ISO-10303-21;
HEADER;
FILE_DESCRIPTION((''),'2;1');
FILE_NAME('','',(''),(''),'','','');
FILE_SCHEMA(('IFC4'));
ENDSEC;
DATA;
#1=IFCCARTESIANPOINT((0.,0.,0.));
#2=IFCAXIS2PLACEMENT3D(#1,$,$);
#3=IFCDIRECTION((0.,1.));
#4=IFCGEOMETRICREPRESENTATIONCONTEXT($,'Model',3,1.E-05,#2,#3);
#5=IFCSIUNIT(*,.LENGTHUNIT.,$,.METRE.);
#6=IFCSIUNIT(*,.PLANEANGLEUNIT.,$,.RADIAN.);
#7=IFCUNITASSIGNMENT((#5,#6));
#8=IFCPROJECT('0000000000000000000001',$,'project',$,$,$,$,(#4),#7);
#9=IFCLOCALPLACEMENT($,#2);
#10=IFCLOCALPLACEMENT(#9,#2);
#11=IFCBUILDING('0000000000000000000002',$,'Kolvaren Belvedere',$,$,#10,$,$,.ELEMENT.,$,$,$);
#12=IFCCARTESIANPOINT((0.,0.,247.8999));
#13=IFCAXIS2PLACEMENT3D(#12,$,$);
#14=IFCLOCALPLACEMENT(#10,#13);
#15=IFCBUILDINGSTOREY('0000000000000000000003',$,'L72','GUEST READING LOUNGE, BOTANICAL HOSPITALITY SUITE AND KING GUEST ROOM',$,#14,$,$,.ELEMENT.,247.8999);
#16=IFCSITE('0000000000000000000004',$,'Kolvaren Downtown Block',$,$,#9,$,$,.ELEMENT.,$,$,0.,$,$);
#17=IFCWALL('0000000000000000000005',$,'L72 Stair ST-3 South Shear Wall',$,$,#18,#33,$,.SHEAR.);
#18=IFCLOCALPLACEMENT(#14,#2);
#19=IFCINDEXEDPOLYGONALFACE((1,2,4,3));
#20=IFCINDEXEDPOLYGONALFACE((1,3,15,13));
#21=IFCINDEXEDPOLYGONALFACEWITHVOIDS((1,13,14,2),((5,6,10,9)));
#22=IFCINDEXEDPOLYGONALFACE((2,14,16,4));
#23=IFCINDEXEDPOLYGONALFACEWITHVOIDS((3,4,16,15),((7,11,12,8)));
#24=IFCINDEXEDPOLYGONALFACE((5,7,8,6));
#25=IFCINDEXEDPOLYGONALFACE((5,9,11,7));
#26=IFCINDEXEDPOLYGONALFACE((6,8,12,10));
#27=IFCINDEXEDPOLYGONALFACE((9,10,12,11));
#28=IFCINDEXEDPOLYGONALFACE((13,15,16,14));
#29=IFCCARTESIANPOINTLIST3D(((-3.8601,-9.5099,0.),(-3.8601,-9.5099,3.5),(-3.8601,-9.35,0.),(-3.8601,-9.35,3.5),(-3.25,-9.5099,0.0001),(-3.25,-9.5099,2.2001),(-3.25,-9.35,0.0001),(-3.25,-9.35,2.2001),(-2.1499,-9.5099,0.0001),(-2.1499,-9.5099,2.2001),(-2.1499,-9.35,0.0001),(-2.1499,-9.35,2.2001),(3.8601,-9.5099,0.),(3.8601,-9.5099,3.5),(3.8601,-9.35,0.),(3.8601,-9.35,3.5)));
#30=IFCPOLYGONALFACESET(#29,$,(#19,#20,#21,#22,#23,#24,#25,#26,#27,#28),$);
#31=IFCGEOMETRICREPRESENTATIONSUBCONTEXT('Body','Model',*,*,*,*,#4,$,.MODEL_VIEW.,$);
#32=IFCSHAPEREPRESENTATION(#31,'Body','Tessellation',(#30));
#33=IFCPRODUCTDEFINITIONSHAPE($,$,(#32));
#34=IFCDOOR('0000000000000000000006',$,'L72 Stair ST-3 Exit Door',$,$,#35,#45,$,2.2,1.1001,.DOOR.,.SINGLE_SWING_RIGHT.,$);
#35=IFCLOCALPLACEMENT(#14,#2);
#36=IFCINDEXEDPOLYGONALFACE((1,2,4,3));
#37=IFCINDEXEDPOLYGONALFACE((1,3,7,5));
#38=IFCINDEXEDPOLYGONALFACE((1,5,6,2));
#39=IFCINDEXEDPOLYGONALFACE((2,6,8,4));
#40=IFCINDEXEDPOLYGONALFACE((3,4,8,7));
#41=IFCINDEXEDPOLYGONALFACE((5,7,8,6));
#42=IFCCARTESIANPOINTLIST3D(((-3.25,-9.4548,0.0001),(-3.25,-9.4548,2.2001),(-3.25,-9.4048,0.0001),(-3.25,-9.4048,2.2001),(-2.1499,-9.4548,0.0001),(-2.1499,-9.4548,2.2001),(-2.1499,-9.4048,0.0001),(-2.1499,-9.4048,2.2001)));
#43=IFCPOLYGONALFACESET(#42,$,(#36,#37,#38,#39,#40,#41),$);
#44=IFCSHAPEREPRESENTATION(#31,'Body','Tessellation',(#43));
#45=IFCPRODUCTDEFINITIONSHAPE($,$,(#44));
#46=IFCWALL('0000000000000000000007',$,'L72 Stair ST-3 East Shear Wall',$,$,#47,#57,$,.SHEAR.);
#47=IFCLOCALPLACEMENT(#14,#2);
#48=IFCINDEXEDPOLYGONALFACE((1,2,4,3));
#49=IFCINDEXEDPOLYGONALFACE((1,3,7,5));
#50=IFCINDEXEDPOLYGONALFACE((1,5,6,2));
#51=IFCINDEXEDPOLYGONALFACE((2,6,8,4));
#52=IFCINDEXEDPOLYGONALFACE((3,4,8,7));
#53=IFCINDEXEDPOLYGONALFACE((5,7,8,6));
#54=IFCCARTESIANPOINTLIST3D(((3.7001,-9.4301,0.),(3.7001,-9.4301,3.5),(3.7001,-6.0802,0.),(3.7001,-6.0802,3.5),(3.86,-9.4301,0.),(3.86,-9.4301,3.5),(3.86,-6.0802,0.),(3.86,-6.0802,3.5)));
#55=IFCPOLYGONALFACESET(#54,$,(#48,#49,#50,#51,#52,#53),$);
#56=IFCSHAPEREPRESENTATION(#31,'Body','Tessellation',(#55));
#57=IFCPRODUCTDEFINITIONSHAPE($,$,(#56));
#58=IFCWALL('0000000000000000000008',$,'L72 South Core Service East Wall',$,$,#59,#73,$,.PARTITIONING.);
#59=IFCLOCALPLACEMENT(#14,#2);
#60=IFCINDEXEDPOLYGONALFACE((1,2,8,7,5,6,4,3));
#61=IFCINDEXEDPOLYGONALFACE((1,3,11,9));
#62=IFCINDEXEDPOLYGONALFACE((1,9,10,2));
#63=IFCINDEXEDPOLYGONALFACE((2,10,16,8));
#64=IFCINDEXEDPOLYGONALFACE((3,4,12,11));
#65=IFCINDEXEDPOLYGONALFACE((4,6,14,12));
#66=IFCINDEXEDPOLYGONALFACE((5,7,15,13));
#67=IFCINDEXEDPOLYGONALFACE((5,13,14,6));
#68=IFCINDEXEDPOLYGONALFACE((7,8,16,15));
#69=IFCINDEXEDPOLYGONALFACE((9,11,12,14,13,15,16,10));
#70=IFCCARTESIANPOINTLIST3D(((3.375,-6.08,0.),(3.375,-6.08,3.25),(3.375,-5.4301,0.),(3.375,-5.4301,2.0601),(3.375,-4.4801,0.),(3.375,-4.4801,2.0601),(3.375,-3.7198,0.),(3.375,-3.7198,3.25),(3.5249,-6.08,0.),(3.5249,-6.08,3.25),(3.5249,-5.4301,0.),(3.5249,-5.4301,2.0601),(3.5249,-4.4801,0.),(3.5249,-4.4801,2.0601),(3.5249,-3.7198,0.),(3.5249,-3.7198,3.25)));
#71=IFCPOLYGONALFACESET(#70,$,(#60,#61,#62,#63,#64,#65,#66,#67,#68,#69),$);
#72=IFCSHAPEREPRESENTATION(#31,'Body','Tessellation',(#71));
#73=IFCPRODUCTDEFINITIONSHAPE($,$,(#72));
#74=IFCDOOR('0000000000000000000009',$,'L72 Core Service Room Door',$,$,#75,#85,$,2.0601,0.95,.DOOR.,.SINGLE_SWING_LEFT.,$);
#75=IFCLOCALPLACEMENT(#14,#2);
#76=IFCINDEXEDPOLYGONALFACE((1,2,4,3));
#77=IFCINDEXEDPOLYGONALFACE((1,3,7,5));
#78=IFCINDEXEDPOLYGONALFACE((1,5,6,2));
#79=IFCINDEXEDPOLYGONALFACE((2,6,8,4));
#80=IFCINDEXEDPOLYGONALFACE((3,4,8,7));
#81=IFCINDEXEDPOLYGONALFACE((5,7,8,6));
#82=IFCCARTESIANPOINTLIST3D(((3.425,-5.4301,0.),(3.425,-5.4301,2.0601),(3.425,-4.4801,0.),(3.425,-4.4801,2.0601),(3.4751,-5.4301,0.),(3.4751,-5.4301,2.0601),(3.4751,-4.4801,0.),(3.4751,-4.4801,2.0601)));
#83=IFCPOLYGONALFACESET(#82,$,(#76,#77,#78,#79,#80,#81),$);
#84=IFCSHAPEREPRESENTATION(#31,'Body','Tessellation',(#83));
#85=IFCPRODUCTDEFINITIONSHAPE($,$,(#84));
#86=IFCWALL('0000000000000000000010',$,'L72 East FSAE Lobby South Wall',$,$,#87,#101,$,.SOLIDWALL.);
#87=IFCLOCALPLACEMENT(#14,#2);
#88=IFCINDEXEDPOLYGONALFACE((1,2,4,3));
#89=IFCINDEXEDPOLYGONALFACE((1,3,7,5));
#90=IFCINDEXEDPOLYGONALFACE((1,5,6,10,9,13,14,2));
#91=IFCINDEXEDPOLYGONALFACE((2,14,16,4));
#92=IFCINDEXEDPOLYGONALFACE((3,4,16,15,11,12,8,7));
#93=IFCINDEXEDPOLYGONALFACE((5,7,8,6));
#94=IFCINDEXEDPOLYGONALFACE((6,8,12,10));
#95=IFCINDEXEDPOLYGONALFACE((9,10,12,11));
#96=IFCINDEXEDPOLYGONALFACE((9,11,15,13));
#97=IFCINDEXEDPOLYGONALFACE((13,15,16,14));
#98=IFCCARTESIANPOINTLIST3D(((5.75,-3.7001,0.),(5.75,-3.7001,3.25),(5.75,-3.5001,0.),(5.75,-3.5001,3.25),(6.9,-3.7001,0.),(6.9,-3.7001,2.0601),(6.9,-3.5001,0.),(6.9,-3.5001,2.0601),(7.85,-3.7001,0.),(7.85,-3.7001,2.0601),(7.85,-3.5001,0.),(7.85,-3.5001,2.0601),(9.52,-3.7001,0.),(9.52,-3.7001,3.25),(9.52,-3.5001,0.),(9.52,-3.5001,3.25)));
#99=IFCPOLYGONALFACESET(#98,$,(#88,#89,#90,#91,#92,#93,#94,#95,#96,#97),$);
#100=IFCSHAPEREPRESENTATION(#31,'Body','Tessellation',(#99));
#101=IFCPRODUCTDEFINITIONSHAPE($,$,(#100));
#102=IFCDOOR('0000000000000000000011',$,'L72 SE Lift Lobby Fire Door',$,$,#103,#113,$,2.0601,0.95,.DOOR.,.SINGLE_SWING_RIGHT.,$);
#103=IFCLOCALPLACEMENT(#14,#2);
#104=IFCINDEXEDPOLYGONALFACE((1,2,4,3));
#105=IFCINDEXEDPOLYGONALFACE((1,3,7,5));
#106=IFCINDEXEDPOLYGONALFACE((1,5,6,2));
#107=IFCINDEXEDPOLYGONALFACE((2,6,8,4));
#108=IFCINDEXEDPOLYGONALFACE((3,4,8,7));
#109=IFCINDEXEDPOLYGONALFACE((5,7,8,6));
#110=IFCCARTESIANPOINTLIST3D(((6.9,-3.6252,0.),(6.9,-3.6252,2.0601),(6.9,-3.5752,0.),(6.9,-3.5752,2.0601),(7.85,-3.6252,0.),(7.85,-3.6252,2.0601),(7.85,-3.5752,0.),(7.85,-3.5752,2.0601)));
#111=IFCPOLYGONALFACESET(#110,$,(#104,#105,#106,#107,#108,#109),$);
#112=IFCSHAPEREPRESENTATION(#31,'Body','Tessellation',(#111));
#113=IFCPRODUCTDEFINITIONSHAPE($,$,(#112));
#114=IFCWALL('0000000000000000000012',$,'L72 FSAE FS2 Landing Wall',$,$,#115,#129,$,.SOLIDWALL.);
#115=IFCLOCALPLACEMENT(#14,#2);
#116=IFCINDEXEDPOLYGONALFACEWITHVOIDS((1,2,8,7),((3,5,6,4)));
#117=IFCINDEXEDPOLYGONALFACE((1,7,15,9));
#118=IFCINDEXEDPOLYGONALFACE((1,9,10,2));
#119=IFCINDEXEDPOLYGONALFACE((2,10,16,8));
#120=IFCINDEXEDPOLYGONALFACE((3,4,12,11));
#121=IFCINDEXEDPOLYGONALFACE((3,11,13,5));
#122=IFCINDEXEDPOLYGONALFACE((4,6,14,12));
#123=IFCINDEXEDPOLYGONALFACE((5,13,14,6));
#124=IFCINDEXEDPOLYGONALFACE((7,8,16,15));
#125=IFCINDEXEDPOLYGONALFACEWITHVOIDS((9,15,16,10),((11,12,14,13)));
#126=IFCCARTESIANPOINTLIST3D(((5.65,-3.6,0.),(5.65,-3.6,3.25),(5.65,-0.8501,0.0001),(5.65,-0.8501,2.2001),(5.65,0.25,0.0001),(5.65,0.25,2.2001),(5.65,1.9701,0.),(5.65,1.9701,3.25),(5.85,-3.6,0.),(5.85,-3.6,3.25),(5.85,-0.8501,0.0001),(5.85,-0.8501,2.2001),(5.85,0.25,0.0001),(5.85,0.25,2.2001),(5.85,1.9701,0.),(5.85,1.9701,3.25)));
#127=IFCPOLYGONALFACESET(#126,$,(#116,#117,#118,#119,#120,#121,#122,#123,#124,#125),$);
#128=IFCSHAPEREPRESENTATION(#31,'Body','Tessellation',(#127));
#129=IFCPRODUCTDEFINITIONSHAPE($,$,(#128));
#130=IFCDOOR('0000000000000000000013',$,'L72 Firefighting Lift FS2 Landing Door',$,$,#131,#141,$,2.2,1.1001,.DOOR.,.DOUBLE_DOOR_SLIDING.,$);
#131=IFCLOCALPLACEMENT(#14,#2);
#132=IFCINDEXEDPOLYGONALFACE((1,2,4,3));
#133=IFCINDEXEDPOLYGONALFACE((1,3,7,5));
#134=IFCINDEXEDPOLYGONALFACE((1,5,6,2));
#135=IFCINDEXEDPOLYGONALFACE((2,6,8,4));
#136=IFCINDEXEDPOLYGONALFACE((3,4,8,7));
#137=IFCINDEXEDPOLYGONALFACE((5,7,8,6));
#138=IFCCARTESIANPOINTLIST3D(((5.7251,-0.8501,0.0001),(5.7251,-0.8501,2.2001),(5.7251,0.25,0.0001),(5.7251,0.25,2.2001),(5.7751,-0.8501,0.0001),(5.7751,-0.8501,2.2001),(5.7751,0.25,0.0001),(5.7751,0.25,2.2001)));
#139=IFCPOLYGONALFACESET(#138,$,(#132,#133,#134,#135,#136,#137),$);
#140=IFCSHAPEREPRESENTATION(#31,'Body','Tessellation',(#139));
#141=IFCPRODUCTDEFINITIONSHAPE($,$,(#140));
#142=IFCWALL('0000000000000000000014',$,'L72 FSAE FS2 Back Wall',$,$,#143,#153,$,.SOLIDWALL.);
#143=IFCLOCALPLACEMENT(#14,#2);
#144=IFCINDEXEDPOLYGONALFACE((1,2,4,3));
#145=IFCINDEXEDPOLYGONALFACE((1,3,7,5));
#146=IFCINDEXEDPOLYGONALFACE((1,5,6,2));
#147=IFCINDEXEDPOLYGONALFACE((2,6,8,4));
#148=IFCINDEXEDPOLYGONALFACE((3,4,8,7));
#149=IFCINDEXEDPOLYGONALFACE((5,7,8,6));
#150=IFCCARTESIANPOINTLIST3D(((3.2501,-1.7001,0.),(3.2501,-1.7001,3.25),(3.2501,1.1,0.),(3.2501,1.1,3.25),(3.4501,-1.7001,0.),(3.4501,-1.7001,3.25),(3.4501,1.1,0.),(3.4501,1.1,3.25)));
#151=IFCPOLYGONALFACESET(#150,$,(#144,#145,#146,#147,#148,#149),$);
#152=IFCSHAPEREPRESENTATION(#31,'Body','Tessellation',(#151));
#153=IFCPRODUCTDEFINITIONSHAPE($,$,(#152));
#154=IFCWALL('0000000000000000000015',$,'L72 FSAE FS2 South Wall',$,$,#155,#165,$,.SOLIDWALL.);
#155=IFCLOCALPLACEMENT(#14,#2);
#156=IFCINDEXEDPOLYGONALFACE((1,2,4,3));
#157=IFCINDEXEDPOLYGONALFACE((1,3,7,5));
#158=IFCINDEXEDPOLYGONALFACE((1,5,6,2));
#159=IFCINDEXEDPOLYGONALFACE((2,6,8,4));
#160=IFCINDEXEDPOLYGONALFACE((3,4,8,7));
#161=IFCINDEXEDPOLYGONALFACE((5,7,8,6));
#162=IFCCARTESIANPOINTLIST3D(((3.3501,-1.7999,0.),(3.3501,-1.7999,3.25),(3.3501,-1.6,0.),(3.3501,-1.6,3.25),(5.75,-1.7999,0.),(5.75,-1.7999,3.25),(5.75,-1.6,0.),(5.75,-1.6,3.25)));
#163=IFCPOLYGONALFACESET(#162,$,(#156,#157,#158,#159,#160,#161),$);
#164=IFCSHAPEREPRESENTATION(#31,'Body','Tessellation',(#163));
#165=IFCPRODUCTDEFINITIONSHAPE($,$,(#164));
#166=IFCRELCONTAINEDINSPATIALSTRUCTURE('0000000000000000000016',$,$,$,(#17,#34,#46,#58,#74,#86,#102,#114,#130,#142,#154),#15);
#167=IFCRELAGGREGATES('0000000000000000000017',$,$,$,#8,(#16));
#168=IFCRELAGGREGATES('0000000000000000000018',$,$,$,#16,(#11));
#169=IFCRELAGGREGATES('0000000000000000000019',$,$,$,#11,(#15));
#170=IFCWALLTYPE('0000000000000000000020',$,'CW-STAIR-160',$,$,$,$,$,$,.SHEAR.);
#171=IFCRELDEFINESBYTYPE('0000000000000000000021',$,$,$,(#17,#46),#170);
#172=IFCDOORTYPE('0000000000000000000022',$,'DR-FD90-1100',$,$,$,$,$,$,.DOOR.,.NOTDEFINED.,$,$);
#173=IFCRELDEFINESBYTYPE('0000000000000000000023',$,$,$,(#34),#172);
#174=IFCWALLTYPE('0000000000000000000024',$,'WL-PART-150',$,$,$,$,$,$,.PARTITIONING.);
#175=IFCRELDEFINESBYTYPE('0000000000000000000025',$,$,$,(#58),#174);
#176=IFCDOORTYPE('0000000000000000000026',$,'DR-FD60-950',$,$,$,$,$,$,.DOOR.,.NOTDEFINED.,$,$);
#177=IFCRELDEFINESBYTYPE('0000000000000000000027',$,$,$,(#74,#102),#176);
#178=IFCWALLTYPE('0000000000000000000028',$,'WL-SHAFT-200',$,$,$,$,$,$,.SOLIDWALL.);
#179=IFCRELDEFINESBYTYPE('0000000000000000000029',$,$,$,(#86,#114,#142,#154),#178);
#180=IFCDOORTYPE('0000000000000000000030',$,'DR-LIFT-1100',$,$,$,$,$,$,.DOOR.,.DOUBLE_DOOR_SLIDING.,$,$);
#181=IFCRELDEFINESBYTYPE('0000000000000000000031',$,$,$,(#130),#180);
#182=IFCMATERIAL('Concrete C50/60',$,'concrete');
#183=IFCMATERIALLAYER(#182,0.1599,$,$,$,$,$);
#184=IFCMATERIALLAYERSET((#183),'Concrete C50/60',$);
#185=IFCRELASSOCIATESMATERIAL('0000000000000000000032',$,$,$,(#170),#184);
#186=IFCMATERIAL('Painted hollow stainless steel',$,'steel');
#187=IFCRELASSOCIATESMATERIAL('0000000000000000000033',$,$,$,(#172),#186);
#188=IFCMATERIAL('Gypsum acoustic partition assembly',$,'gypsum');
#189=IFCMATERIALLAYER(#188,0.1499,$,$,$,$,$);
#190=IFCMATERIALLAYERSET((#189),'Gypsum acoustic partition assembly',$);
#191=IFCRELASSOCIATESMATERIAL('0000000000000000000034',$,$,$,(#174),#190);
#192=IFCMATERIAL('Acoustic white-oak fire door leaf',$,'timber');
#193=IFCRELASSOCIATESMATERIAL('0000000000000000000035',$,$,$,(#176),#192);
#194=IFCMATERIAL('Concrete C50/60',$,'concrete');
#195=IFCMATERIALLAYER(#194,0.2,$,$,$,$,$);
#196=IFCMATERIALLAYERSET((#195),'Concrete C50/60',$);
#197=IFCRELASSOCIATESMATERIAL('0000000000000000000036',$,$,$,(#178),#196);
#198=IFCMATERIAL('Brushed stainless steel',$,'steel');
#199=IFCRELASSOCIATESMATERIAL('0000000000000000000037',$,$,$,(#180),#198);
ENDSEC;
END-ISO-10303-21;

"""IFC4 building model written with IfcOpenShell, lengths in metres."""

from ifc_helpers import new_model, si_unit, direction, frame, frame_2d, origin, place, context, subcontext, project, spatial, rectangle, extrude, material, layer, layer_set, type_object, element, fill, save


model = new_model("IFC4")

# Units and contexts
model_context = context("Model", 3, precision=1e-05, world=origin(), true_north=direction((0.0, 1.0)))
body_context = subcontext(model_context, "Body", "Model", "MODEL_VIEW")
ifc_project = project(units=[si_unit("LENGTHUNIT", "METRE"), si_unit("PLANEANGLEUNIT", "RADIAN")], contexts=[model_context])

# Site, building, storey
site_placement = place(None, origin())
site = spatial("IfcSite", under=ifc_project, at=site_placement, Name="Kolvaren Downtown Block", CompositionType="ELEMENT", RefElevation=0.0)
building_placement = place(site_placement, origin())
building = spatial("IfcBuilding", under=site, at=building_placement, Name="Kolvaren Belvedere", CompositionType="ELEMENT")
storey_placement = place(building_placement, frame((0.0, 0.0, 247.8999)))
storey = spatial("IfcBuildingStorey", under=building, at=storey_placement, Name="L72", Description="GUEST READING LOUNGE, BOTANICAL HOSPITALITY SUITE AND KING GUEST ROOM", CompositionType="ELEMENT", Elevation=247.8999)

# Wall, opening, door
ifc_material_1 = material(Name="Concrete C50/60", Category="concrete")
ifc_layer_1 = layer(ifc_material_1, 0.1599)
ifc_layer_set_1 = layer_set([ifc_layer_1], Name="Concrete C50/60")
wall_type_1 = type_object("IfcWallType", Name="CW-STAIR-160", PredefinedType="SHEAR", material=ifc_layer_set_1)
wall_1_placement = place(storey_placement, frame((3.8601, -9.4299, 0.0), z_axis=(0.0, 0.0, 1.0), x_axis=(-1.0, 0.0, 0.0)))
wall_1 = element("IfcWall", 1, at=wall_1_placement, inside=storey, type_object=wall_type_1, Name="L72 Stair ST-3 South Shear Wall", PredefinedType="SHEAR", context=body_context, shape_type="SweptSolid", body=[
    extrude(rectangle(XDim=7.7202, YDim=0.1599, at=frame_2d((3.8601, 0.0))), origin(), (0.0, 0.0, 1.0), 3.5),
])
opening_1_placement = place(wall_1_placement, frame((6.01, 0.0, 0.0)))
opening_1 = element("IfcOpeningElement", 2, at=opening_1_placement, cuts=wall_1, PredefinedType="OPENING", context=body_context, shape_type="SweptSolid", body=[
    extrude(rectangle(XDim=1.1001, YDim=2.2, at=frame_2d((0.55, 1.1001))), frame((0.0, 0.0898, 0.0), z_axis=(0.0, -1.0, 0.0), x_axis=(1.0, 0.0, 0.0)), (0.0, 0.0, 1.0), 0.1799),
])
ifc_material_2 = material(Name="Painted hollow stainless steel", Category="steel")
door_type_1 = type_object("IfcDoorType", Name="DR-FD90-1100", OperationType="NOTDEFINED", PredefinedType="DOOR", material=ifc_material_2)
door_1_placement = place(opening_1_placement, origin())
door_1 = element("IfcDoor", 3, at=door_1_placement, inside=storey, type_object=door_type_1, Name="L72 Stair ST-3 Exit Door", OperationType="SINGLE_SWING_RIGHT", OverallHeight=2.2, OverallWidth=1.1001, PredefinedType="DOOR", context=body_context, shape_type="SweptSolid", body=[
    extrude(rectangle(XDim=1.1001, YDim=2.2, at=frame_2d((0.55, 1.1001))), frame((0.0, 0.0249, 0.0), z_axis=(0.0, -1.0, 0.0), x_axis=(1.0, 0.0, 0.0)), (0.0, 0.0, 1.0), 0.05),
])
fill(opening_1, door_1)

# Wall
wall_2_placement = place(storey_placement, frame((3.78, -9.4299, 0.0), z_axis=(0.0, 0.0, 1.0), x_axis=(0.0, 1.0, 0.0)))
element("IfcWall", 4, at=wall_2_placement, inside=storey, type_object=wall_type_1, Name="L72 Stair ST-3 East Shear Wall", PredefinedType="SHEAR", context=body_context, shape_type="SweptSolid", body=[
    extrude(rectangle(XDim=3.3499, YDim=0.1599, at=frame_2d((1.6748, 0.0))), origin(), (0.0, 0.0, 1.0), 3.5),
])

# Walls, openings, doors
ifc_material_3 = material(Name="Gypsum acoustic partition assembly", Category="gypsum")
ifc_layer_2 = layer(ifc_material_3, 0.1499)
ifc_layer_set_2 = layer_set([ifc_layer_2], Name="Gypsum acoustic partition assembly")
wall_type_2 = type_object("IfcWallType", Name="WL-PART-150", PredefinedType="PARTITIONING", material=ifc_layer_set_2)
wall_3_placement = place(storey_placement, frame((3.45, -6.0801, 0.0), z_axis=(0.0, 0.0, 1.0), x_axis=(0.0, 1.0, 0.0)))
wall_3 = element("IfcWall", 5, at=wall_3_placement, inside=storey, type_object=wall_type_2, Name="L72 South Core Service East Wall", PredefinedType="PARTITIONING", context=body_context, shape_type="SweptSolid", body=[
    extrude(rectangle(XDim=2.3601, YDim=0.1499, at=frame_2d((1.1802, 0.0))), origin(), (0.0, 0.0, 1.0), 3.25),
])
opening_2_placement = place(wall_3_placement, frame((0.6499, 0.0, 0.0)))
opening_2 = element("IfcOpeningElement", 6, at=opening_2_placement, cuts=wall_3, PredefinedType="OPENING", context=body_context, shape_type="SweptSolid", body=[
    extrude(rectangle(XDim=0.95, YDim=2.0601, at=frame_2d((0.4751, 1.03))), frame((0.0, 0.085, 0.0), z_axis=(0.0, -1.0, 0.0), x_axis=(1.0, 0.0, 0.0)), (0.0, 0.0, 1.0), 0.1699),
])
ifc_material_4 = material(Name="Acoustic white-oak fire door leaf", Category="timber")
door_type_2 = type_object("IfcDoorType", Name="DR-FD60-950", OperationType="NOTDEFINED", PredefinedType="DOOR", material=ifc_material_4)
door_2_placement = place(opening_2_placement, origin())
door_2 = element("IfcDoor", 7, at=door_2_placement, inside=storey, type_object=door_type_2, Name="L72 Core Service Room Door", OperationType="SINGLE_SWING_LEFT", OverallHeight=2.0601, OverallWidth=0.95, PredefinedType="DOOR", context=body_context, shape_type="SweptSolid", body=[
    extrude(rectangle(XDim=0.95, YDim=2.0601, at=frame_2d((0.4751, 1.03))), frame((0.0, 0.0249, 0.0), z_axis=(0.0, -1.0, 0.0), x_axis=(1.0, 0.0, 0.0)), (0.0, 0.0, 1.0), 0.05),
])
fill(opening_2, door_2)
ifc_material_5 = material(Name="Concrete C50/60", Category="concrete")
ifc_layer_3 = layer(ifc_material_5, 0.2)
ifc_layer_set_3 = layer_set([ifc_layer_3], Name="Concrete C50/60")
wall_type_3 = type_object("IfcWallType", Name="WL-SHAFT-200", PredefinedType="SOLIDWALL", material=ifc_layer_set_3)
wall_4_placement = place(storey_placement, frame((5.75, -3.6001, 0.0), z_axis=(0.0, 0.0, 1.0), x_axis=(1.0, 0.0, 0.0)))
wall_4 = element("IfcWall", 8, at=wall_4_placement, inside=storey, type_object=wall_type_3, Name="L72 East FSAE Lobby South Wall", PredefinedType="SOLIDWALL", context=body_context, shape_type="SweptSolid", body=[
    extrude(rectangle(XDim=3.77, YDim=0.2, at=frame_2d((1.885, 0.0))), origin(), (0.0, 0.0, 1.0), 3.25),
])
opening_3_placement = place(wall_4_placement, frame((1.1499, 0.0, 0.0)))
opening_3 = element("IfcOpeningElement", 9, at=opening_3_placement, cuts=wall_4, PredefinedType="OPENING", context=body_context, shape_type="SweptSolid", body=[
    extrude(rectangle(XDim=0.95, YDim=2.0601, at=frame_2d((0.4751, 1.03))), frame((0.0, 0.1099, 0.0), z_axis=(0.0, -1.0, 0.0), x_axis=(1.0, 0.0, 0.0)), (0.0, 0.0, 1.0), 0.22),
])
door_3_placement = place(opening_3_placement, origin())
door_3 = element("IfcDoor", 10, at=door_3_placement, inside=storey, type_object=door_type_2, Name="L72 SE Lift Lobby Fire Door", OperationType="SINGLE_SWING_RIGHT", OverallHeight=2.0601, OverallWidth=0.95, PredefinedType="DOOR", context=body_context, shape_type="SweptSolid", body=[
    extrude(rectangle(XDim=0.95, YDim=2.0601, at=frame_2d((0.4751, 1.03))), frame((0.0, 0.0249, 0.0), z_axis=(0.0, -1.0, 0.0), x_axis=(1.0, 0.0, 0.0)), (0.0, 0.0, 1.0), 0.05),
])
fill(opening_3, door_3)
wall_5_placement = place(storey_placement, frame((5.75, -3.6001, 0.0), z_axis=(0.0, 0.0, 1.0), x_axis=(0.0, 1.0, 0.0)))
wall_5 = element("IfcWall", 11, at=wall_5_placement, inside=storey, type_object=wall_type_3, Name="L72 FSAE FS2 Landing Wall", PredefinedType="SOLIDWALL", context=body_context, shape_type="SweptSolid", body=[
    extrude(rectangle(XDim=5.5701, YDim=0.2, at=frame_2d((2.7852, 0.0))), origin(), (0.0, 0.0, 1.0), 3.25),
])
opening_4_placement = place(wall_5_placement, frame((2.75, 0.0, 0.0)))
opening_4 = element("IfcOpeningElement", 12, at=opening_4_placement, cuts=wall_5, PredefinedType="OPENING", context=body_context, shape_type="SweptSolid", body=[
    extrude(rectangle(XDim=1.1001, YDim=2.2, at=frame_2d((0.55, 1.1001))), frame((0.0, 0.1099, 0.0), z_axis=(0.0, -1.0, 0.0), x_axis=(1.0, 0.0, 0.0)), (0.0, 0.0, 1.0), 0.22),
])
ifc_material_6 = material(Name="Brushed stainless steel", Category="steel")
door_type_3 = type_object("IfcDoorType", Name="DR-LIFT-1100", OperationType="DOUBLE_DOOR_SLIDING", PredefinedType="DOOR", material=ifc_material_6)
door_4_placement = place(opening_4_placement, origin())
door_4 = element("IfcDoor", 13, at=door_4_placement, inside=storey, type_object=door_type_3, Name="L72 Firefighting Lift FS2 Landing Door", OperationType="DOUBLE_DOOR_SLIDING", OverallHeight=2.2, OverallWidth=1.1001, PredefinedType="DOOR", context=body_context, shape_type="SweptSolid", body=[
    extrude(rectangle(XDim=1.1001, YDim=2.2, at=frame_2d((0.55, 1.1001))), frame((0.0, 0.0249, 0.0), z_axis=(0.0, -1.0, 0.0), x_axis=(1.0, 0.0, 0.0)), (0.0, 0.0, 1.0), 0.05),
])
fill(opening_4, door_4)

# Walls
wall_6_placement = place(storey_placement, frame((3.3501, -1.7, 0.0), z_axis=(0.0, 0.0, 1.0), x_axis=(0.0, 1.0, 0.0)))
element("IfcWall", 14, at=wall_6_placement, inside=storey, type_object=wall_type_3, Name="L72 FSAE FS2 Back Wall", PredefinedType="SOLIDWALL", context=body_context, shape_type="SweptSolid", body=[
    extrude(rectangle(XDim=2.8, YDim=0.2, at=frame_2d((1.3999, 0.0))), origin(), (0.0, 0.0, 1.0), 3.25),
])
wall_7_placement = place(storey_placement, frame((3.3501, -1.7, 0.0), z_axis=(0.0, 0.0, 1.0), x_axis=(1.0, 0.0, 0.0)))
element("IfcWall", 15, at=wall_7_placement, inside=storey, type_object=wall_type_3, Name="L72 FSAE FS2 South Wall", PredefinedType="SOLIDWALL", context=body_context, shape_type="SweptSolid", body=[
    extrude(rectangle(XDim=2.3999, YDim=0.2, at=frame_2d((1.2, 0.0))), origin(), (0.0, 0.0, 1.0), 3.25),
])

save(model, "model.ifc")
